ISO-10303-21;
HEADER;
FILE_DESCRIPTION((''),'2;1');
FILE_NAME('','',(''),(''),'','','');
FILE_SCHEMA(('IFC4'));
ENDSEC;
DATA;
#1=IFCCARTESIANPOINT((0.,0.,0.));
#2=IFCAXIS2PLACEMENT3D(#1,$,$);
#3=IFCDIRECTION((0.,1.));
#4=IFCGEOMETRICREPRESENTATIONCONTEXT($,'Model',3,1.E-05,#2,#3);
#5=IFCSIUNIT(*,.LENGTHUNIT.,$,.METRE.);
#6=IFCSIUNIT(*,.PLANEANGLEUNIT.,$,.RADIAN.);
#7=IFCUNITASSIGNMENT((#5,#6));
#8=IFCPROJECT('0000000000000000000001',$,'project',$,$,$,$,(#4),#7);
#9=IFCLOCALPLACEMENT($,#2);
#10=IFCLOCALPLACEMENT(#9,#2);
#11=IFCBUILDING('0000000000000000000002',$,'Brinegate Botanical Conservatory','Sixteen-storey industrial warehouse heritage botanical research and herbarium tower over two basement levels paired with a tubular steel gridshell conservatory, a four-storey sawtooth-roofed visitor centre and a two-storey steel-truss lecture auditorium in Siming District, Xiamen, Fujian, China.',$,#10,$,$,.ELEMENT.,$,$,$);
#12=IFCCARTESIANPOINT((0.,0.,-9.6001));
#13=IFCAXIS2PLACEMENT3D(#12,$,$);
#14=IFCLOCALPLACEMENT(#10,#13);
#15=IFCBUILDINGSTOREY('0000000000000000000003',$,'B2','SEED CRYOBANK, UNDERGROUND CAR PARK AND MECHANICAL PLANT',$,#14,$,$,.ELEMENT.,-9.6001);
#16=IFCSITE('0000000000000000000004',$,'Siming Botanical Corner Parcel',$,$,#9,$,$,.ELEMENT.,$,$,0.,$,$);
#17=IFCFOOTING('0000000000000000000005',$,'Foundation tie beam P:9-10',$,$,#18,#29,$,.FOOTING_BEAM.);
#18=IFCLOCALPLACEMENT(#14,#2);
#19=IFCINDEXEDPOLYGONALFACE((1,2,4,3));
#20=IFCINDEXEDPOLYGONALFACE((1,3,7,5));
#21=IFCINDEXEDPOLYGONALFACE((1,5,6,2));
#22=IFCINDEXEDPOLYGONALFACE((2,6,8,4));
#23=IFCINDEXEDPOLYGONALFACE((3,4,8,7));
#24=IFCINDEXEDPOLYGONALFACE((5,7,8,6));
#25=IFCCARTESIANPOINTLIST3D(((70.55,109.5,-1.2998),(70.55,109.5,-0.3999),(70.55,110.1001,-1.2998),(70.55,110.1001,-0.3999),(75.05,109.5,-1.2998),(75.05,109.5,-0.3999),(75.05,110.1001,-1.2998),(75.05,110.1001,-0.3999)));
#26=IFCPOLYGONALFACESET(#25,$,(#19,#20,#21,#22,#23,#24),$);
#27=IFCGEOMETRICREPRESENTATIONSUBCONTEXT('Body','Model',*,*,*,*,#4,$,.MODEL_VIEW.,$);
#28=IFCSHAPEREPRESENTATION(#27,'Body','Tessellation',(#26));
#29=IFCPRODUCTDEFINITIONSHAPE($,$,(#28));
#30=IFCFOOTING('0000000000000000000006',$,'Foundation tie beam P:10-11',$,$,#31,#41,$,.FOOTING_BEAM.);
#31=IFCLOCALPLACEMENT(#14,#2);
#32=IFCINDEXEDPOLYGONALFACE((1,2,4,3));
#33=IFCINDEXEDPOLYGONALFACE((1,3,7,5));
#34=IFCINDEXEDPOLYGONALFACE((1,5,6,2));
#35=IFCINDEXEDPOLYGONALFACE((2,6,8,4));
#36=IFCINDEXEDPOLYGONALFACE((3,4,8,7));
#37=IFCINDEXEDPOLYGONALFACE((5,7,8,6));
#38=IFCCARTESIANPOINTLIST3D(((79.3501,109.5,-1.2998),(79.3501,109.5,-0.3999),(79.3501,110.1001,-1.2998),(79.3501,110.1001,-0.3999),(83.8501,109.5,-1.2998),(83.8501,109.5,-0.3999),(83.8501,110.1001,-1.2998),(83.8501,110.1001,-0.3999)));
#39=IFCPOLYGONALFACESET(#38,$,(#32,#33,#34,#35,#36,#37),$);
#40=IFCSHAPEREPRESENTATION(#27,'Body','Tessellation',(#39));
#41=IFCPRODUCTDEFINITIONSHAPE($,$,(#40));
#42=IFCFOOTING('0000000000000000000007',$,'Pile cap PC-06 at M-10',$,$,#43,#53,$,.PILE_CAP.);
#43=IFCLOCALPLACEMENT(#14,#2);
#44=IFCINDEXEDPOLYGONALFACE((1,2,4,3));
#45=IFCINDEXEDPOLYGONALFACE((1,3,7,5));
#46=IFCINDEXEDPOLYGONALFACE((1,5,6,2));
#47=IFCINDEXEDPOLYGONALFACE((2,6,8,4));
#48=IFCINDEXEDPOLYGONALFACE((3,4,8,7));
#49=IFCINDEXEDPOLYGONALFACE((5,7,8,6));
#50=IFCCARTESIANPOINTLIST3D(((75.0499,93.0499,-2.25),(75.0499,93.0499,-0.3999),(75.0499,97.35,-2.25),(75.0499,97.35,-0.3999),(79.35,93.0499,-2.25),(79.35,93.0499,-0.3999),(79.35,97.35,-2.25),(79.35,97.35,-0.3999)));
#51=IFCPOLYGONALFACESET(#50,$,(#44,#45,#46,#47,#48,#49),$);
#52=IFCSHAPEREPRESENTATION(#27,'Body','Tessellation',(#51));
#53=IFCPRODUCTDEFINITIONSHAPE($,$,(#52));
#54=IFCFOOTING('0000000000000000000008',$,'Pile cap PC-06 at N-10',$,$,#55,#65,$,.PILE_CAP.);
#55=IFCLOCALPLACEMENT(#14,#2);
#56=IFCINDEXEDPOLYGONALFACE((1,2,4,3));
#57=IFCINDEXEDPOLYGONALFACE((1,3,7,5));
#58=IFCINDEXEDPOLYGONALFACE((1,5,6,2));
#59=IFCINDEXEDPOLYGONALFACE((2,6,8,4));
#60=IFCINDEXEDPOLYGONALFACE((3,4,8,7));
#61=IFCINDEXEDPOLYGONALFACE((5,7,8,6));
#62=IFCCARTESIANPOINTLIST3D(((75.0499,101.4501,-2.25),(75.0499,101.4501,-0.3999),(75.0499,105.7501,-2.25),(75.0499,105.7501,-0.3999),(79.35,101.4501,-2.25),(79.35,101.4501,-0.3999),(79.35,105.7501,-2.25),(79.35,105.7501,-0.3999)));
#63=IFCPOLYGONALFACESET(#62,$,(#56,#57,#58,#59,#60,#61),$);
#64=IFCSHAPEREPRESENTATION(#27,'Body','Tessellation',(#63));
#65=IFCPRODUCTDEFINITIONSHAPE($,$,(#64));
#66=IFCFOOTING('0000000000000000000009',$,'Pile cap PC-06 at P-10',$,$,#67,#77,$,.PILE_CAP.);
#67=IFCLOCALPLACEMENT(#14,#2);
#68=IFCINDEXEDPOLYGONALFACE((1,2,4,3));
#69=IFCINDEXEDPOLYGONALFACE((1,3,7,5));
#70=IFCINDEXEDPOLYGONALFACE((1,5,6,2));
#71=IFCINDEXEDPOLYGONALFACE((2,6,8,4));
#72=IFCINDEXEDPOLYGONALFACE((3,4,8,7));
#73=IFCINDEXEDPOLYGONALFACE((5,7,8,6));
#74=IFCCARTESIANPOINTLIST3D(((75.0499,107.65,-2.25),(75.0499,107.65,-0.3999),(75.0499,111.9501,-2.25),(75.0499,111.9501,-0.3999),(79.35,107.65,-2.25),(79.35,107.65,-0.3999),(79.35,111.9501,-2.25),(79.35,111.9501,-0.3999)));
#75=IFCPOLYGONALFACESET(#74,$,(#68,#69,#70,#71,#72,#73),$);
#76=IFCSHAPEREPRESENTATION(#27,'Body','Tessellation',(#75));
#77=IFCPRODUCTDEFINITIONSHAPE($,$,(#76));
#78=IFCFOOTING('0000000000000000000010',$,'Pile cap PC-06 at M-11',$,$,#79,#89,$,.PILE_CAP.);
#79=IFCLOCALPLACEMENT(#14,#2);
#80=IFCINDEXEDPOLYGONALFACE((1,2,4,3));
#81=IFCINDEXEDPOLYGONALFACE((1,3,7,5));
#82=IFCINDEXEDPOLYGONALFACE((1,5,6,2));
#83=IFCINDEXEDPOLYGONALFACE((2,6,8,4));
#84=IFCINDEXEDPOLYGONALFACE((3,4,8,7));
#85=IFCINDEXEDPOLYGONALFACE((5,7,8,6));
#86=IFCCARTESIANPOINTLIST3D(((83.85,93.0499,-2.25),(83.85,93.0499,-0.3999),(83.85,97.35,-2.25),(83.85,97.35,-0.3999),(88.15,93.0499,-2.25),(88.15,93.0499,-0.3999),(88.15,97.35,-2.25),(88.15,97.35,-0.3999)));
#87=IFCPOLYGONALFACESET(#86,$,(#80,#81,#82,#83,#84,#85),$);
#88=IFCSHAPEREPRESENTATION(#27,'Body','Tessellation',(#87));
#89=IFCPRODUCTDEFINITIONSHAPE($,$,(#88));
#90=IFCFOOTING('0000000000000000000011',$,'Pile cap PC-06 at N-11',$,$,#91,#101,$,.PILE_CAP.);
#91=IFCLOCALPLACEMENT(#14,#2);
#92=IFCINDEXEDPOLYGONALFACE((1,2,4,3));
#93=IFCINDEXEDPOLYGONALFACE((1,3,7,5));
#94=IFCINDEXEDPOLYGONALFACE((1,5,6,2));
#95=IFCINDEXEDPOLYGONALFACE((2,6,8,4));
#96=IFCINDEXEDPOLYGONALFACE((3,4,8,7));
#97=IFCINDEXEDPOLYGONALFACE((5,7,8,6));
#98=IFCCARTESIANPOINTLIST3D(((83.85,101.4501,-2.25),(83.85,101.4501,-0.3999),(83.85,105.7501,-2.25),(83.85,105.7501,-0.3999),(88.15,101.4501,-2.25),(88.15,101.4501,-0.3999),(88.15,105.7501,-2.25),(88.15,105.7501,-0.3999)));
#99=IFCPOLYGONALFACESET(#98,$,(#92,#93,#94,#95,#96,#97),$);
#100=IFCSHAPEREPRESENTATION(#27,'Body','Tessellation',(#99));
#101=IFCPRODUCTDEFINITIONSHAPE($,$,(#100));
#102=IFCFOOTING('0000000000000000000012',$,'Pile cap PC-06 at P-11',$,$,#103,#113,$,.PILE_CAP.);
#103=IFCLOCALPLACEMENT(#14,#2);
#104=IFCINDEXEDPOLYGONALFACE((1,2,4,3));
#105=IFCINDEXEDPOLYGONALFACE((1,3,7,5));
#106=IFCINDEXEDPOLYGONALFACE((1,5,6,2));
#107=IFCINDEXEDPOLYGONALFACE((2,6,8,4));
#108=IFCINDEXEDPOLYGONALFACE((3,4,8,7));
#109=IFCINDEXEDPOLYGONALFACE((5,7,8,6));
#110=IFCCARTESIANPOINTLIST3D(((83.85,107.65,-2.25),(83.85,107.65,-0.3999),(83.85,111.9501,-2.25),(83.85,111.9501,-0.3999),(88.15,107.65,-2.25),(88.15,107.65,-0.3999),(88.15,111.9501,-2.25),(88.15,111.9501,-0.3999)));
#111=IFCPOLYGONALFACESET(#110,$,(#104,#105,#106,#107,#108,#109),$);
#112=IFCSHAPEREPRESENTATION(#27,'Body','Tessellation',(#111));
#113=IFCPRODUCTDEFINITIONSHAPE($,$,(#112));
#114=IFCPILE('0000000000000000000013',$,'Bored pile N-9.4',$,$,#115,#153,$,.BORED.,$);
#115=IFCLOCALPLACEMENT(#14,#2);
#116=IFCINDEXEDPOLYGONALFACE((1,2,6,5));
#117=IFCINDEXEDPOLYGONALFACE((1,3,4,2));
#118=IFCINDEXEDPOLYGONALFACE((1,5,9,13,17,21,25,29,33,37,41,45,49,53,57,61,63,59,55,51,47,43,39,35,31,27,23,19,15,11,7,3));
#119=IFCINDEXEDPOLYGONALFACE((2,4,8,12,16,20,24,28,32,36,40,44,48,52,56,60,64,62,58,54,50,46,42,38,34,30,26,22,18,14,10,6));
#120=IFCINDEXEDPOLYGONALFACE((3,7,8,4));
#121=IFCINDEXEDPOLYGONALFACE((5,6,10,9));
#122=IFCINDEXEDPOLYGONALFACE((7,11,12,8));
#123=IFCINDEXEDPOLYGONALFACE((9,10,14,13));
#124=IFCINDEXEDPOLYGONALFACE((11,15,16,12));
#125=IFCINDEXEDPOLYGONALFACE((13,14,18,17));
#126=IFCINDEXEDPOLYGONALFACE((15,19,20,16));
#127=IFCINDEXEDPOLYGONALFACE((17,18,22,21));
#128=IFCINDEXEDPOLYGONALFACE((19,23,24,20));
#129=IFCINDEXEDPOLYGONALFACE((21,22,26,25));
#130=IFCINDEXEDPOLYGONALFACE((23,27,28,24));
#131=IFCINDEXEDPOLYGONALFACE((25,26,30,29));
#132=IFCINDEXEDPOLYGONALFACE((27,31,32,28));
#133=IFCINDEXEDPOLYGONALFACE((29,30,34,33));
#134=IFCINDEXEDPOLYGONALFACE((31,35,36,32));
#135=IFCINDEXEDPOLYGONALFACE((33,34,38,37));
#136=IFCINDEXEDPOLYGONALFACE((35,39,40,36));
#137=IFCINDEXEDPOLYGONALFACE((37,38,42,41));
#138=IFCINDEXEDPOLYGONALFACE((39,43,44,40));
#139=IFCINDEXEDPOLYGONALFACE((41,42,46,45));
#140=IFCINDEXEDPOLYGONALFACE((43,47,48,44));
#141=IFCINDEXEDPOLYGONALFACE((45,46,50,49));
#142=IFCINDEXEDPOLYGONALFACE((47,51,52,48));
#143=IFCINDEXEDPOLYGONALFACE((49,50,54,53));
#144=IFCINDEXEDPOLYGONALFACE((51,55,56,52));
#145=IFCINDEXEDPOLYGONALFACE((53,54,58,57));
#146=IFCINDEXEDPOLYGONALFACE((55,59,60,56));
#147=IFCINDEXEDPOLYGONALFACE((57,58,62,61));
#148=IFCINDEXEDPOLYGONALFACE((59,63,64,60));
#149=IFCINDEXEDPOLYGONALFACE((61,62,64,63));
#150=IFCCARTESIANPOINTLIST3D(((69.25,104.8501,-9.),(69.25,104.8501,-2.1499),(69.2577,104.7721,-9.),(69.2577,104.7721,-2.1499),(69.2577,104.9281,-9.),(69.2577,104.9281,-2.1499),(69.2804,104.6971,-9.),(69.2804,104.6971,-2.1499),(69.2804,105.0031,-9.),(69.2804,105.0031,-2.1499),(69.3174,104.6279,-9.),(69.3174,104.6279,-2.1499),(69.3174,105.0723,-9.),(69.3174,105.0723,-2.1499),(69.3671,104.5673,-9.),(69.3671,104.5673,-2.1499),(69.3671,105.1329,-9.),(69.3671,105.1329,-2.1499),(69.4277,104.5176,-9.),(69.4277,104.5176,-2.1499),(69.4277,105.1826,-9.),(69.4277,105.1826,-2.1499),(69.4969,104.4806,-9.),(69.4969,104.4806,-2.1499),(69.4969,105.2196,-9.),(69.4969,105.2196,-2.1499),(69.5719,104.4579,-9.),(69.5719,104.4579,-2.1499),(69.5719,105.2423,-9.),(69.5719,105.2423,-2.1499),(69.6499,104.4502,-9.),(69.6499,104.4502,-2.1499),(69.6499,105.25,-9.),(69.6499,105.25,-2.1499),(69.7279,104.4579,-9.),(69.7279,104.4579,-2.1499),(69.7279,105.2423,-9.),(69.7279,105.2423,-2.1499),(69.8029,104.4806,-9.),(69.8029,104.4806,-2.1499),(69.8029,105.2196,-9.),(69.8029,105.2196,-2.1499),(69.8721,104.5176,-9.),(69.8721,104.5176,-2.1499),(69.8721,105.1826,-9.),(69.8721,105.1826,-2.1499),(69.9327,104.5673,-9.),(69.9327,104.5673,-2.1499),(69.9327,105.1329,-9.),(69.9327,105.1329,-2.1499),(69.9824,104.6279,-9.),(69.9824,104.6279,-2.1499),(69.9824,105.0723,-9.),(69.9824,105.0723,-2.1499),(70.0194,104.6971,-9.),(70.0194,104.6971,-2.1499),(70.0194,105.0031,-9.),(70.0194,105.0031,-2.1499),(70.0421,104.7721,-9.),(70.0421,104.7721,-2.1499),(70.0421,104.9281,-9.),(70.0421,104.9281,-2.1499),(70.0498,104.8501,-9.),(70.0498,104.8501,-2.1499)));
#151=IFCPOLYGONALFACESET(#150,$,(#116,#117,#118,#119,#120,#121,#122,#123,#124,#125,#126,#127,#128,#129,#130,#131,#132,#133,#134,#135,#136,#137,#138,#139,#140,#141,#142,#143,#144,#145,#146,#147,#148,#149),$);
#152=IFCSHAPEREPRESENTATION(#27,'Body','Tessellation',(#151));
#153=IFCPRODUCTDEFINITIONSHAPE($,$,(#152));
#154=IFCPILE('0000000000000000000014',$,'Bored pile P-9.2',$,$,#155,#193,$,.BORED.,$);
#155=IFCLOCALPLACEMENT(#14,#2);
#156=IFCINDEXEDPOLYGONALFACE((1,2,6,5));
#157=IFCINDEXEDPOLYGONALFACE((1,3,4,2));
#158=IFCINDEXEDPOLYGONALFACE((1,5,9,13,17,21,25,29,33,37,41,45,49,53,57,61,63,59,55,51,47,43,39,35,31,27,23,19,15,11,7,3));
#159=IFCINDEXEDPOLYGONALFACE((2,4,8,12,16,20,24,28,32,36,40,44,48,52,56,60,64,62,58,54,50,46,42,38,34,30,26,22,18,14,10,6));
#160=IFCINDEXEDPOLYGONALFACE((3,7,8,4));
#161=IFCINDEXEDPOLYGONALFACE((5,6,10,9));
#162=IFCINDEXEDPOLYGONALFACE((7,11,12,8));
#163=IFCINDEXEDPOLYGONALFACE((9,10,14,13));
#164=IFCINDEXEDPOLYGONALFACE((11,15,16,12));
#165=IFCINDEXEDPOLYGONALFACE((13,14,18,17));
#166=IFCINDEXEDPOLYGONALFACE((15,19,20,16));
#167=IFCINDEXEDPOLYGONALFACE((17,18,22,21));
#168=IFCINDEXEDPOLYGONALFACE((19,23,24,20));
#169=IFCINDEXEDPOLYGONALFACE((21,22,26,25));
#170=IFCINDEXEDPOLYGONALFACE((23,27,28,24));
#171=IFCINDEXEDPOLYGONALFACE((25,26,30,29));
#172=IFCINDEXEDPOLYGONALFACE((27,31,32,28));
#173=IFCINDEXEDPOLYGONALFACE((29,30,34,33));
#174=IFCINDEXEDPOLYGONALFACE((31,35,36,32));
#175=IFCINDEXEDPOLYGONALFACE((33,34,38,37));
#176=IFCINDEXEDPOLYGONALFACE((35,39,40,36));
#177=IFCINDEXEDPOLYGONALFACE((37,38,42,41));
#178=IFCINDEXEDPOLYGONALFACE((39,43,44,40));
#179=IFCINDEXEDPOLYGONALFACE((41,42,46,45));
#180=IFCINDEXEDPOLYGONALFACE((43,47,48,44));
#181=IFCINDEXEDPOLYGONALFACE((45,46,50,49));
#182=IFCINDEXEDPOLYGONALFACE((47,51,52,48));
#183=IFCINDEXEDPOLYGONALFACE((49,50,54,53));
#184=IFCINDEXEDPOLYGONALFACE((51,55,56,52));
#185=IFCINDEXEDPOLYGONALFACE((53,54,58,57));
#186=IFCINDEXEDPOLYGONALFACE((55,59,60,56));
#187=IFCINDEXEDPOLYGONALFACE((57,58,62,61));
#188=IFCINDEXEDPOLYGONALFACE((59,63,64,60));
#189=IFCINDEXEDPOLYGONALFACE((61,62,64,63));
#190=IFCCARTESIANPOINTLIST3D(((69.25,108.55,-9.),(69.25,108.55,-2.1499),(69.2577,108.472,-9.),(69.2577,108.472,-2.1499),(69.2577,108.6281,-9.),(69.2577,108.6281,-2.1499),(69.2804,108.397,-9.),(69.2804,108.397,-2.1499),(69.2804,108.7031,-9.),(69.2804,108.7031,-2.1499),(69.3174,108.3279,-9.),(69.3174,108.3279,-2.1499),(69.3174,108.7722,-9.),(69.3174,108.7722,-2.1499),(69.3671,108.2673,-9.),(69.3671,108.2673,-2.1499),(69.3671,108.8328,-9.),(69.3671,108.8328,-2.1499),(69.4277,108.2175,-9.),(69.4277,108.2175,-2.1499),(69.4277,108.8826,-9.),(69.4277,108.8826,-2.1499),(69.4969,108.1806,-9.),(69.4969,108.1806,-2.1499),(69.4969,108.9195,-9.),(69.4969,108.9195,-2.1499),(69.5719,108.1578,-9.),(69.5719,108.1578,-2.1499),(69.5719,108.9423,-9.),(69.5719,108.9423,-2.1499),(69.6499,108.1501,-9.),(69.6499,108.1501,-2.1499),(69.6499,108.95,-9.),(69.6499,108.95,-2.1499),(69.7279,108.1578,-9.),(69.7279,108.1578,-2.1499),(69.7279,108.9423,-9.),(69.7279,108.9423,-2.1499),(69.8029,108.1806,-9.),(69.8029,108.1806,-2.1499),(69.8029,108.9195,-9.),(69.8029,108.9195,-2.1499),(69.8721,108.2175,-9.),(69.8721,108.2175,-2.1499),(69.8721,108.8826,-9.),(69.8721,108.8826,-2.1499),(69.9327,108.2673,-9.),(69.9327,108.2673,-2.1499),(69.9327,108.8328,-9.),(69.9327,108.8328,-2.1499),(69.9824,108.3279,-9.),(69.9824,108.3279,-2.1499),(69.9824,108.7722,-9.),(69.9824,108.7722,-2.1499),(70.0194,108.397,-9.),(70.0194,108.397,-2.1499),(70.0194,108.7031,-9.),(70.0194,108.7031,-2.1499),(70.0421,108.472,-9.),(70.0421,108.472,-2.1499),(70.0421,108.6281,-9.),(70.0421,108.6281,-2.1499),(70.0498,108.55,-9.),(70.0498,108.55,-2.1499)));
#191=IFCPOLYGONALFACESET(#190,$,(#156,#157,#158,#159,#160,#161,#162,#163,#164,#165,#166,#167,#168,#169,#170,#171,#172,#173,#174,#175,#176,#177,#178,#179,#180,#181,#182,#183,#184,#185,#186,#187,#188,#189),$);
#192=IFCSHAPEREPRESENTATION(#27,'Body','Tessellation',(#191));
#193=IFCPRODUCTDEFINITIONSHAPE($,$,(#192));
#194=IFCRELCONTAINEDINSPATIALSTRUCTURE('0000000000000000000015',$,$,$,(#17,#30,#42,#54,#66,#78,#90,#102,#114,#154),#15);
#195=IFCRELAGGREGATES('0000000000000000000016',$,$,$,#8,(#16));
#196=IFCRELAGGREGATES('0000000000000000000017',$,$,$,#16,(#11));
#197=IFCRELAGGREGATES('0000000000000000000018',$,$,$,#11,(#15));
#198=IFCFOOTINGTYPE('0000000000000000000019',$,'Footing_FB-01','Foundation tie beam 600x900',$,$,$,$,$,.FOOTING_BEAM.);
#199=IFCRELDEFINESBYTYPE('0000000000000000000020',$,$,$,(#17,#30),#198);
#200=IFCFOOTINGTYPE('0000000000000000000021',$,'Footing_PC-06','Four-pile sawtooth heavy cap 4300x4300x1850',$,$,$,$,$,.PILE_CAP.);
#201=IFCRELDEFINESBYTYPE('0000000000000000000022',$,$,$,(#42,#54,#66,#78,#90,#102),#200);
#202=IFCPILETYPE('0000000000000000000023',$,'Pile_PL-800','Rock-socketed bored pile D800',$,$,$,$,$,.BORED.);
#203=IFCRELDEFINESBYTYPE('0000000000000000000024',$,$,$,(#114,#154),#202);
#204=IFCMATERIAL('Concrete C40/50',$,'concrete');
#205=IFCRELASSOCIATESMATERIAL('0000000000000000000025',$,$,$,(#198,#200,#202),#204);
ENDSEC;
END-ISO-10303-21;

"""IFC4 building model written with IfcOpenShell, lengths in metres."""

from ifc_helpers import new_model, si_unit, direction, frame, origin, origin_2d, place, context, subcontext, project, spatial, rectangle, circle, extrude, material, material_profile, profile_set, type_object, element, save


model = new_model("IFC4")

# Units and contexts
model_context = context("Model", 3, precision=1e-05, world=origin(), true_north=direction((0.0, 1.0)))
body_context = subcontext(model_context, "Body", "Model", "MODEL_VIEW")
ifc_project = project(units=[si_unit("LENGTHUNIT", "METRE"), si_unit("PLANEANGLEUNIT", "RADIAN")], contexts=[model_context])

# Site, building, storey
site_placement = place(None, origin())
site = spatial("IfcSite", under=ifc_project, at=site_placement, Name="Siming Botanical Corner Parcel", CompositionType="ELEMENT", RefElevation=0.0)
building_placement = place(site_placement, origin())
building = spatial("IfcBuilding", under=site, at=building_placement, Name="Brinegate Botanical Conservatory", Description="Sixteen-storey industrial warehouse heritage botanical research and herbarium tower over two basement levels paired with a tubular steel gridshell conservatory, a four-storey sawtooth-roofed visitor centre and a two-storey steel-truss lecture auditorium in Siming District, Xiamen, Fujian, China.", CompositionType="ELEMENT")
storey_placement = place(building_placement, frame((0.0, 0.0, -9.6001)))
storey = spatial("IfcBuildingStorey", under=building, at=storey_placement, Name="B2", Description="SEED CRYOBANK, UNDERGROUND CAR PARK AND MECHANICAL PLANT", CompositionType="ELEMENT", Elevation=-9.6001)

# Footings
ifc_material = material(Name="Concrete C40/50", Category="concrete")
ifc_material_profile_1 = material_profile(ifc_material, rectangle(XDim=0.6001, YDim=0.8999, at=origin_2d()), Name="RC GB 600x900")
ifc_profile_set_1 = profile_set([ifc_material_profile_1], Name="Concrete C40/50")
footing_type_1 = type_object("IfcFootingType", Name="Footing_FB-01", Description="Foundation tie beam 600x900", PredefinedType="FOOTING_BEAM", material=ifc_profile_set_1)
for number, where, z_axis, x_axis, name in (
    (1, (70.55, 109.8, -0.8499), (1.0, 0.0, 0.0), (0.0, 1.0, 0.0), "Foundation tie beam P:9-10"),
    (2, (79.3501, 109.8, -0.8499), (1.0, 0.0, 0.0), (0.0, 1.0, 0.0), "Foundation tie beam P:10-11"),
):
    element("IfcFooting", number, at=place(storey_placement, frame(where, z_axis=z_axis, x_axis=x_axis)), inside=storey, type_object=footing_type_1, Name=name, PredefinedType="FOOTING_BEAM", context=body_context, shape_type="SweptSolid", body=[
        extrude(rectangle(XDim=0.6001, YDim=0.8999, at=origin_2d()), origin(), (0.0, 0.0, 1.0), 4.5),
    ])
footing_type_2 = type_object("IfcFootingType", Name="Footing_PC-06", Description="Four-pile sawtooth heavy cap 4300x4300x1850", PredefinedType="PILE_CAP", material=ifc_material)
for number, where, z_axis, x_axis, name in (
    (3, (77.2, 95.2, -2.25), (0.0, 0.0, 1.0), (1.0, 0.0, 0.0), "Pile cap PC-06 at M-10"),
    (4, (77.2, 103.6001, -2.25), (0.0, 0.0, 1.0), (1.0, 0.0, 0.0), "Pile cap PC-06 at N-10"),
    (5, (77.2, 109.8, -2.25), (0.0, 0.0, 1.0), (1.0, 0.0, 0.0), "Pile cap PC-06 at P-10"),
    (6, (86.0, 95.2, -2.25), (0.0, 0.0, 1.0), (1.0, 0.0, 0.0), "Pile cap PC-06 at M-11"),
    (7, (86.0, 103.6001, -2.25), (0.0, 0.0, 1.0), (1.0, 0.0, 0.0), "Pile cap PC-06 at N-11"),
    (8, (86.0, 109.8, -2.25), (0.0, 0.0, 1.0), (1.0, 0.0, 0.0), "Pile cap PC-06 at P-11"),
):
    element("IfcFooting", number, at=place(storey_placement, frame(where, z_axis=z_axis, x_axis=x_axis)), inside=storey, type_object=footing_type_2, Name=name, PredefinedType="PILE_CAP", context=body_context, shape_type="SweptSolid", body=[
        extrude(rectangle(XDim=4.3, YDim=4.3, at=origin_2d()), origin(), (0.0, 0.0, 1.0), 1.8501),
    ])

# Piles
ifc_material_profile_2 = material_profile(ifc_material, circle(Radius=0.3999, at=origin_2d()), Name="PILE D800")
ifc_profile_set_2 = profile_set([ifc_material_profile_2], Name="Concrete C40/50")
pile_type = type_object("IfcPileType", Name="Pile_PL-800", Description="Rock-socketed bored pile D800", PredefinedType="BORED", material=ifc_profile_set_2)
for number, where, z_axis, x_axis, name in (
    (9, (69.6499, 104.8501, -2.1499), (0.0, 0.0, -1.0), (1.0, 0.0, 0.0), "Bored pile N-9.4"),
    (10, (69.6499, 108.55, -2.1499), (0.0, 0.0, -1.0), (1.0, 0.0, 0.0), "Bored pile P-9.2"),
):
    element("IfcPile", number, at=place(storey_placement, frame(where, z_axis=z_axis, x_axis=x_axis)), inside=storey, type_object=pile_type, Name=name, PredefinedType="BORED", context=body_context, shape_type="SweptSolid", body=[
        extrude(circle(Radius=0.3999, at=origin_2d()), origin(), (0.0, 0.0, 1.0), 6.8501),
    ])

save(model, "model.ifc")
